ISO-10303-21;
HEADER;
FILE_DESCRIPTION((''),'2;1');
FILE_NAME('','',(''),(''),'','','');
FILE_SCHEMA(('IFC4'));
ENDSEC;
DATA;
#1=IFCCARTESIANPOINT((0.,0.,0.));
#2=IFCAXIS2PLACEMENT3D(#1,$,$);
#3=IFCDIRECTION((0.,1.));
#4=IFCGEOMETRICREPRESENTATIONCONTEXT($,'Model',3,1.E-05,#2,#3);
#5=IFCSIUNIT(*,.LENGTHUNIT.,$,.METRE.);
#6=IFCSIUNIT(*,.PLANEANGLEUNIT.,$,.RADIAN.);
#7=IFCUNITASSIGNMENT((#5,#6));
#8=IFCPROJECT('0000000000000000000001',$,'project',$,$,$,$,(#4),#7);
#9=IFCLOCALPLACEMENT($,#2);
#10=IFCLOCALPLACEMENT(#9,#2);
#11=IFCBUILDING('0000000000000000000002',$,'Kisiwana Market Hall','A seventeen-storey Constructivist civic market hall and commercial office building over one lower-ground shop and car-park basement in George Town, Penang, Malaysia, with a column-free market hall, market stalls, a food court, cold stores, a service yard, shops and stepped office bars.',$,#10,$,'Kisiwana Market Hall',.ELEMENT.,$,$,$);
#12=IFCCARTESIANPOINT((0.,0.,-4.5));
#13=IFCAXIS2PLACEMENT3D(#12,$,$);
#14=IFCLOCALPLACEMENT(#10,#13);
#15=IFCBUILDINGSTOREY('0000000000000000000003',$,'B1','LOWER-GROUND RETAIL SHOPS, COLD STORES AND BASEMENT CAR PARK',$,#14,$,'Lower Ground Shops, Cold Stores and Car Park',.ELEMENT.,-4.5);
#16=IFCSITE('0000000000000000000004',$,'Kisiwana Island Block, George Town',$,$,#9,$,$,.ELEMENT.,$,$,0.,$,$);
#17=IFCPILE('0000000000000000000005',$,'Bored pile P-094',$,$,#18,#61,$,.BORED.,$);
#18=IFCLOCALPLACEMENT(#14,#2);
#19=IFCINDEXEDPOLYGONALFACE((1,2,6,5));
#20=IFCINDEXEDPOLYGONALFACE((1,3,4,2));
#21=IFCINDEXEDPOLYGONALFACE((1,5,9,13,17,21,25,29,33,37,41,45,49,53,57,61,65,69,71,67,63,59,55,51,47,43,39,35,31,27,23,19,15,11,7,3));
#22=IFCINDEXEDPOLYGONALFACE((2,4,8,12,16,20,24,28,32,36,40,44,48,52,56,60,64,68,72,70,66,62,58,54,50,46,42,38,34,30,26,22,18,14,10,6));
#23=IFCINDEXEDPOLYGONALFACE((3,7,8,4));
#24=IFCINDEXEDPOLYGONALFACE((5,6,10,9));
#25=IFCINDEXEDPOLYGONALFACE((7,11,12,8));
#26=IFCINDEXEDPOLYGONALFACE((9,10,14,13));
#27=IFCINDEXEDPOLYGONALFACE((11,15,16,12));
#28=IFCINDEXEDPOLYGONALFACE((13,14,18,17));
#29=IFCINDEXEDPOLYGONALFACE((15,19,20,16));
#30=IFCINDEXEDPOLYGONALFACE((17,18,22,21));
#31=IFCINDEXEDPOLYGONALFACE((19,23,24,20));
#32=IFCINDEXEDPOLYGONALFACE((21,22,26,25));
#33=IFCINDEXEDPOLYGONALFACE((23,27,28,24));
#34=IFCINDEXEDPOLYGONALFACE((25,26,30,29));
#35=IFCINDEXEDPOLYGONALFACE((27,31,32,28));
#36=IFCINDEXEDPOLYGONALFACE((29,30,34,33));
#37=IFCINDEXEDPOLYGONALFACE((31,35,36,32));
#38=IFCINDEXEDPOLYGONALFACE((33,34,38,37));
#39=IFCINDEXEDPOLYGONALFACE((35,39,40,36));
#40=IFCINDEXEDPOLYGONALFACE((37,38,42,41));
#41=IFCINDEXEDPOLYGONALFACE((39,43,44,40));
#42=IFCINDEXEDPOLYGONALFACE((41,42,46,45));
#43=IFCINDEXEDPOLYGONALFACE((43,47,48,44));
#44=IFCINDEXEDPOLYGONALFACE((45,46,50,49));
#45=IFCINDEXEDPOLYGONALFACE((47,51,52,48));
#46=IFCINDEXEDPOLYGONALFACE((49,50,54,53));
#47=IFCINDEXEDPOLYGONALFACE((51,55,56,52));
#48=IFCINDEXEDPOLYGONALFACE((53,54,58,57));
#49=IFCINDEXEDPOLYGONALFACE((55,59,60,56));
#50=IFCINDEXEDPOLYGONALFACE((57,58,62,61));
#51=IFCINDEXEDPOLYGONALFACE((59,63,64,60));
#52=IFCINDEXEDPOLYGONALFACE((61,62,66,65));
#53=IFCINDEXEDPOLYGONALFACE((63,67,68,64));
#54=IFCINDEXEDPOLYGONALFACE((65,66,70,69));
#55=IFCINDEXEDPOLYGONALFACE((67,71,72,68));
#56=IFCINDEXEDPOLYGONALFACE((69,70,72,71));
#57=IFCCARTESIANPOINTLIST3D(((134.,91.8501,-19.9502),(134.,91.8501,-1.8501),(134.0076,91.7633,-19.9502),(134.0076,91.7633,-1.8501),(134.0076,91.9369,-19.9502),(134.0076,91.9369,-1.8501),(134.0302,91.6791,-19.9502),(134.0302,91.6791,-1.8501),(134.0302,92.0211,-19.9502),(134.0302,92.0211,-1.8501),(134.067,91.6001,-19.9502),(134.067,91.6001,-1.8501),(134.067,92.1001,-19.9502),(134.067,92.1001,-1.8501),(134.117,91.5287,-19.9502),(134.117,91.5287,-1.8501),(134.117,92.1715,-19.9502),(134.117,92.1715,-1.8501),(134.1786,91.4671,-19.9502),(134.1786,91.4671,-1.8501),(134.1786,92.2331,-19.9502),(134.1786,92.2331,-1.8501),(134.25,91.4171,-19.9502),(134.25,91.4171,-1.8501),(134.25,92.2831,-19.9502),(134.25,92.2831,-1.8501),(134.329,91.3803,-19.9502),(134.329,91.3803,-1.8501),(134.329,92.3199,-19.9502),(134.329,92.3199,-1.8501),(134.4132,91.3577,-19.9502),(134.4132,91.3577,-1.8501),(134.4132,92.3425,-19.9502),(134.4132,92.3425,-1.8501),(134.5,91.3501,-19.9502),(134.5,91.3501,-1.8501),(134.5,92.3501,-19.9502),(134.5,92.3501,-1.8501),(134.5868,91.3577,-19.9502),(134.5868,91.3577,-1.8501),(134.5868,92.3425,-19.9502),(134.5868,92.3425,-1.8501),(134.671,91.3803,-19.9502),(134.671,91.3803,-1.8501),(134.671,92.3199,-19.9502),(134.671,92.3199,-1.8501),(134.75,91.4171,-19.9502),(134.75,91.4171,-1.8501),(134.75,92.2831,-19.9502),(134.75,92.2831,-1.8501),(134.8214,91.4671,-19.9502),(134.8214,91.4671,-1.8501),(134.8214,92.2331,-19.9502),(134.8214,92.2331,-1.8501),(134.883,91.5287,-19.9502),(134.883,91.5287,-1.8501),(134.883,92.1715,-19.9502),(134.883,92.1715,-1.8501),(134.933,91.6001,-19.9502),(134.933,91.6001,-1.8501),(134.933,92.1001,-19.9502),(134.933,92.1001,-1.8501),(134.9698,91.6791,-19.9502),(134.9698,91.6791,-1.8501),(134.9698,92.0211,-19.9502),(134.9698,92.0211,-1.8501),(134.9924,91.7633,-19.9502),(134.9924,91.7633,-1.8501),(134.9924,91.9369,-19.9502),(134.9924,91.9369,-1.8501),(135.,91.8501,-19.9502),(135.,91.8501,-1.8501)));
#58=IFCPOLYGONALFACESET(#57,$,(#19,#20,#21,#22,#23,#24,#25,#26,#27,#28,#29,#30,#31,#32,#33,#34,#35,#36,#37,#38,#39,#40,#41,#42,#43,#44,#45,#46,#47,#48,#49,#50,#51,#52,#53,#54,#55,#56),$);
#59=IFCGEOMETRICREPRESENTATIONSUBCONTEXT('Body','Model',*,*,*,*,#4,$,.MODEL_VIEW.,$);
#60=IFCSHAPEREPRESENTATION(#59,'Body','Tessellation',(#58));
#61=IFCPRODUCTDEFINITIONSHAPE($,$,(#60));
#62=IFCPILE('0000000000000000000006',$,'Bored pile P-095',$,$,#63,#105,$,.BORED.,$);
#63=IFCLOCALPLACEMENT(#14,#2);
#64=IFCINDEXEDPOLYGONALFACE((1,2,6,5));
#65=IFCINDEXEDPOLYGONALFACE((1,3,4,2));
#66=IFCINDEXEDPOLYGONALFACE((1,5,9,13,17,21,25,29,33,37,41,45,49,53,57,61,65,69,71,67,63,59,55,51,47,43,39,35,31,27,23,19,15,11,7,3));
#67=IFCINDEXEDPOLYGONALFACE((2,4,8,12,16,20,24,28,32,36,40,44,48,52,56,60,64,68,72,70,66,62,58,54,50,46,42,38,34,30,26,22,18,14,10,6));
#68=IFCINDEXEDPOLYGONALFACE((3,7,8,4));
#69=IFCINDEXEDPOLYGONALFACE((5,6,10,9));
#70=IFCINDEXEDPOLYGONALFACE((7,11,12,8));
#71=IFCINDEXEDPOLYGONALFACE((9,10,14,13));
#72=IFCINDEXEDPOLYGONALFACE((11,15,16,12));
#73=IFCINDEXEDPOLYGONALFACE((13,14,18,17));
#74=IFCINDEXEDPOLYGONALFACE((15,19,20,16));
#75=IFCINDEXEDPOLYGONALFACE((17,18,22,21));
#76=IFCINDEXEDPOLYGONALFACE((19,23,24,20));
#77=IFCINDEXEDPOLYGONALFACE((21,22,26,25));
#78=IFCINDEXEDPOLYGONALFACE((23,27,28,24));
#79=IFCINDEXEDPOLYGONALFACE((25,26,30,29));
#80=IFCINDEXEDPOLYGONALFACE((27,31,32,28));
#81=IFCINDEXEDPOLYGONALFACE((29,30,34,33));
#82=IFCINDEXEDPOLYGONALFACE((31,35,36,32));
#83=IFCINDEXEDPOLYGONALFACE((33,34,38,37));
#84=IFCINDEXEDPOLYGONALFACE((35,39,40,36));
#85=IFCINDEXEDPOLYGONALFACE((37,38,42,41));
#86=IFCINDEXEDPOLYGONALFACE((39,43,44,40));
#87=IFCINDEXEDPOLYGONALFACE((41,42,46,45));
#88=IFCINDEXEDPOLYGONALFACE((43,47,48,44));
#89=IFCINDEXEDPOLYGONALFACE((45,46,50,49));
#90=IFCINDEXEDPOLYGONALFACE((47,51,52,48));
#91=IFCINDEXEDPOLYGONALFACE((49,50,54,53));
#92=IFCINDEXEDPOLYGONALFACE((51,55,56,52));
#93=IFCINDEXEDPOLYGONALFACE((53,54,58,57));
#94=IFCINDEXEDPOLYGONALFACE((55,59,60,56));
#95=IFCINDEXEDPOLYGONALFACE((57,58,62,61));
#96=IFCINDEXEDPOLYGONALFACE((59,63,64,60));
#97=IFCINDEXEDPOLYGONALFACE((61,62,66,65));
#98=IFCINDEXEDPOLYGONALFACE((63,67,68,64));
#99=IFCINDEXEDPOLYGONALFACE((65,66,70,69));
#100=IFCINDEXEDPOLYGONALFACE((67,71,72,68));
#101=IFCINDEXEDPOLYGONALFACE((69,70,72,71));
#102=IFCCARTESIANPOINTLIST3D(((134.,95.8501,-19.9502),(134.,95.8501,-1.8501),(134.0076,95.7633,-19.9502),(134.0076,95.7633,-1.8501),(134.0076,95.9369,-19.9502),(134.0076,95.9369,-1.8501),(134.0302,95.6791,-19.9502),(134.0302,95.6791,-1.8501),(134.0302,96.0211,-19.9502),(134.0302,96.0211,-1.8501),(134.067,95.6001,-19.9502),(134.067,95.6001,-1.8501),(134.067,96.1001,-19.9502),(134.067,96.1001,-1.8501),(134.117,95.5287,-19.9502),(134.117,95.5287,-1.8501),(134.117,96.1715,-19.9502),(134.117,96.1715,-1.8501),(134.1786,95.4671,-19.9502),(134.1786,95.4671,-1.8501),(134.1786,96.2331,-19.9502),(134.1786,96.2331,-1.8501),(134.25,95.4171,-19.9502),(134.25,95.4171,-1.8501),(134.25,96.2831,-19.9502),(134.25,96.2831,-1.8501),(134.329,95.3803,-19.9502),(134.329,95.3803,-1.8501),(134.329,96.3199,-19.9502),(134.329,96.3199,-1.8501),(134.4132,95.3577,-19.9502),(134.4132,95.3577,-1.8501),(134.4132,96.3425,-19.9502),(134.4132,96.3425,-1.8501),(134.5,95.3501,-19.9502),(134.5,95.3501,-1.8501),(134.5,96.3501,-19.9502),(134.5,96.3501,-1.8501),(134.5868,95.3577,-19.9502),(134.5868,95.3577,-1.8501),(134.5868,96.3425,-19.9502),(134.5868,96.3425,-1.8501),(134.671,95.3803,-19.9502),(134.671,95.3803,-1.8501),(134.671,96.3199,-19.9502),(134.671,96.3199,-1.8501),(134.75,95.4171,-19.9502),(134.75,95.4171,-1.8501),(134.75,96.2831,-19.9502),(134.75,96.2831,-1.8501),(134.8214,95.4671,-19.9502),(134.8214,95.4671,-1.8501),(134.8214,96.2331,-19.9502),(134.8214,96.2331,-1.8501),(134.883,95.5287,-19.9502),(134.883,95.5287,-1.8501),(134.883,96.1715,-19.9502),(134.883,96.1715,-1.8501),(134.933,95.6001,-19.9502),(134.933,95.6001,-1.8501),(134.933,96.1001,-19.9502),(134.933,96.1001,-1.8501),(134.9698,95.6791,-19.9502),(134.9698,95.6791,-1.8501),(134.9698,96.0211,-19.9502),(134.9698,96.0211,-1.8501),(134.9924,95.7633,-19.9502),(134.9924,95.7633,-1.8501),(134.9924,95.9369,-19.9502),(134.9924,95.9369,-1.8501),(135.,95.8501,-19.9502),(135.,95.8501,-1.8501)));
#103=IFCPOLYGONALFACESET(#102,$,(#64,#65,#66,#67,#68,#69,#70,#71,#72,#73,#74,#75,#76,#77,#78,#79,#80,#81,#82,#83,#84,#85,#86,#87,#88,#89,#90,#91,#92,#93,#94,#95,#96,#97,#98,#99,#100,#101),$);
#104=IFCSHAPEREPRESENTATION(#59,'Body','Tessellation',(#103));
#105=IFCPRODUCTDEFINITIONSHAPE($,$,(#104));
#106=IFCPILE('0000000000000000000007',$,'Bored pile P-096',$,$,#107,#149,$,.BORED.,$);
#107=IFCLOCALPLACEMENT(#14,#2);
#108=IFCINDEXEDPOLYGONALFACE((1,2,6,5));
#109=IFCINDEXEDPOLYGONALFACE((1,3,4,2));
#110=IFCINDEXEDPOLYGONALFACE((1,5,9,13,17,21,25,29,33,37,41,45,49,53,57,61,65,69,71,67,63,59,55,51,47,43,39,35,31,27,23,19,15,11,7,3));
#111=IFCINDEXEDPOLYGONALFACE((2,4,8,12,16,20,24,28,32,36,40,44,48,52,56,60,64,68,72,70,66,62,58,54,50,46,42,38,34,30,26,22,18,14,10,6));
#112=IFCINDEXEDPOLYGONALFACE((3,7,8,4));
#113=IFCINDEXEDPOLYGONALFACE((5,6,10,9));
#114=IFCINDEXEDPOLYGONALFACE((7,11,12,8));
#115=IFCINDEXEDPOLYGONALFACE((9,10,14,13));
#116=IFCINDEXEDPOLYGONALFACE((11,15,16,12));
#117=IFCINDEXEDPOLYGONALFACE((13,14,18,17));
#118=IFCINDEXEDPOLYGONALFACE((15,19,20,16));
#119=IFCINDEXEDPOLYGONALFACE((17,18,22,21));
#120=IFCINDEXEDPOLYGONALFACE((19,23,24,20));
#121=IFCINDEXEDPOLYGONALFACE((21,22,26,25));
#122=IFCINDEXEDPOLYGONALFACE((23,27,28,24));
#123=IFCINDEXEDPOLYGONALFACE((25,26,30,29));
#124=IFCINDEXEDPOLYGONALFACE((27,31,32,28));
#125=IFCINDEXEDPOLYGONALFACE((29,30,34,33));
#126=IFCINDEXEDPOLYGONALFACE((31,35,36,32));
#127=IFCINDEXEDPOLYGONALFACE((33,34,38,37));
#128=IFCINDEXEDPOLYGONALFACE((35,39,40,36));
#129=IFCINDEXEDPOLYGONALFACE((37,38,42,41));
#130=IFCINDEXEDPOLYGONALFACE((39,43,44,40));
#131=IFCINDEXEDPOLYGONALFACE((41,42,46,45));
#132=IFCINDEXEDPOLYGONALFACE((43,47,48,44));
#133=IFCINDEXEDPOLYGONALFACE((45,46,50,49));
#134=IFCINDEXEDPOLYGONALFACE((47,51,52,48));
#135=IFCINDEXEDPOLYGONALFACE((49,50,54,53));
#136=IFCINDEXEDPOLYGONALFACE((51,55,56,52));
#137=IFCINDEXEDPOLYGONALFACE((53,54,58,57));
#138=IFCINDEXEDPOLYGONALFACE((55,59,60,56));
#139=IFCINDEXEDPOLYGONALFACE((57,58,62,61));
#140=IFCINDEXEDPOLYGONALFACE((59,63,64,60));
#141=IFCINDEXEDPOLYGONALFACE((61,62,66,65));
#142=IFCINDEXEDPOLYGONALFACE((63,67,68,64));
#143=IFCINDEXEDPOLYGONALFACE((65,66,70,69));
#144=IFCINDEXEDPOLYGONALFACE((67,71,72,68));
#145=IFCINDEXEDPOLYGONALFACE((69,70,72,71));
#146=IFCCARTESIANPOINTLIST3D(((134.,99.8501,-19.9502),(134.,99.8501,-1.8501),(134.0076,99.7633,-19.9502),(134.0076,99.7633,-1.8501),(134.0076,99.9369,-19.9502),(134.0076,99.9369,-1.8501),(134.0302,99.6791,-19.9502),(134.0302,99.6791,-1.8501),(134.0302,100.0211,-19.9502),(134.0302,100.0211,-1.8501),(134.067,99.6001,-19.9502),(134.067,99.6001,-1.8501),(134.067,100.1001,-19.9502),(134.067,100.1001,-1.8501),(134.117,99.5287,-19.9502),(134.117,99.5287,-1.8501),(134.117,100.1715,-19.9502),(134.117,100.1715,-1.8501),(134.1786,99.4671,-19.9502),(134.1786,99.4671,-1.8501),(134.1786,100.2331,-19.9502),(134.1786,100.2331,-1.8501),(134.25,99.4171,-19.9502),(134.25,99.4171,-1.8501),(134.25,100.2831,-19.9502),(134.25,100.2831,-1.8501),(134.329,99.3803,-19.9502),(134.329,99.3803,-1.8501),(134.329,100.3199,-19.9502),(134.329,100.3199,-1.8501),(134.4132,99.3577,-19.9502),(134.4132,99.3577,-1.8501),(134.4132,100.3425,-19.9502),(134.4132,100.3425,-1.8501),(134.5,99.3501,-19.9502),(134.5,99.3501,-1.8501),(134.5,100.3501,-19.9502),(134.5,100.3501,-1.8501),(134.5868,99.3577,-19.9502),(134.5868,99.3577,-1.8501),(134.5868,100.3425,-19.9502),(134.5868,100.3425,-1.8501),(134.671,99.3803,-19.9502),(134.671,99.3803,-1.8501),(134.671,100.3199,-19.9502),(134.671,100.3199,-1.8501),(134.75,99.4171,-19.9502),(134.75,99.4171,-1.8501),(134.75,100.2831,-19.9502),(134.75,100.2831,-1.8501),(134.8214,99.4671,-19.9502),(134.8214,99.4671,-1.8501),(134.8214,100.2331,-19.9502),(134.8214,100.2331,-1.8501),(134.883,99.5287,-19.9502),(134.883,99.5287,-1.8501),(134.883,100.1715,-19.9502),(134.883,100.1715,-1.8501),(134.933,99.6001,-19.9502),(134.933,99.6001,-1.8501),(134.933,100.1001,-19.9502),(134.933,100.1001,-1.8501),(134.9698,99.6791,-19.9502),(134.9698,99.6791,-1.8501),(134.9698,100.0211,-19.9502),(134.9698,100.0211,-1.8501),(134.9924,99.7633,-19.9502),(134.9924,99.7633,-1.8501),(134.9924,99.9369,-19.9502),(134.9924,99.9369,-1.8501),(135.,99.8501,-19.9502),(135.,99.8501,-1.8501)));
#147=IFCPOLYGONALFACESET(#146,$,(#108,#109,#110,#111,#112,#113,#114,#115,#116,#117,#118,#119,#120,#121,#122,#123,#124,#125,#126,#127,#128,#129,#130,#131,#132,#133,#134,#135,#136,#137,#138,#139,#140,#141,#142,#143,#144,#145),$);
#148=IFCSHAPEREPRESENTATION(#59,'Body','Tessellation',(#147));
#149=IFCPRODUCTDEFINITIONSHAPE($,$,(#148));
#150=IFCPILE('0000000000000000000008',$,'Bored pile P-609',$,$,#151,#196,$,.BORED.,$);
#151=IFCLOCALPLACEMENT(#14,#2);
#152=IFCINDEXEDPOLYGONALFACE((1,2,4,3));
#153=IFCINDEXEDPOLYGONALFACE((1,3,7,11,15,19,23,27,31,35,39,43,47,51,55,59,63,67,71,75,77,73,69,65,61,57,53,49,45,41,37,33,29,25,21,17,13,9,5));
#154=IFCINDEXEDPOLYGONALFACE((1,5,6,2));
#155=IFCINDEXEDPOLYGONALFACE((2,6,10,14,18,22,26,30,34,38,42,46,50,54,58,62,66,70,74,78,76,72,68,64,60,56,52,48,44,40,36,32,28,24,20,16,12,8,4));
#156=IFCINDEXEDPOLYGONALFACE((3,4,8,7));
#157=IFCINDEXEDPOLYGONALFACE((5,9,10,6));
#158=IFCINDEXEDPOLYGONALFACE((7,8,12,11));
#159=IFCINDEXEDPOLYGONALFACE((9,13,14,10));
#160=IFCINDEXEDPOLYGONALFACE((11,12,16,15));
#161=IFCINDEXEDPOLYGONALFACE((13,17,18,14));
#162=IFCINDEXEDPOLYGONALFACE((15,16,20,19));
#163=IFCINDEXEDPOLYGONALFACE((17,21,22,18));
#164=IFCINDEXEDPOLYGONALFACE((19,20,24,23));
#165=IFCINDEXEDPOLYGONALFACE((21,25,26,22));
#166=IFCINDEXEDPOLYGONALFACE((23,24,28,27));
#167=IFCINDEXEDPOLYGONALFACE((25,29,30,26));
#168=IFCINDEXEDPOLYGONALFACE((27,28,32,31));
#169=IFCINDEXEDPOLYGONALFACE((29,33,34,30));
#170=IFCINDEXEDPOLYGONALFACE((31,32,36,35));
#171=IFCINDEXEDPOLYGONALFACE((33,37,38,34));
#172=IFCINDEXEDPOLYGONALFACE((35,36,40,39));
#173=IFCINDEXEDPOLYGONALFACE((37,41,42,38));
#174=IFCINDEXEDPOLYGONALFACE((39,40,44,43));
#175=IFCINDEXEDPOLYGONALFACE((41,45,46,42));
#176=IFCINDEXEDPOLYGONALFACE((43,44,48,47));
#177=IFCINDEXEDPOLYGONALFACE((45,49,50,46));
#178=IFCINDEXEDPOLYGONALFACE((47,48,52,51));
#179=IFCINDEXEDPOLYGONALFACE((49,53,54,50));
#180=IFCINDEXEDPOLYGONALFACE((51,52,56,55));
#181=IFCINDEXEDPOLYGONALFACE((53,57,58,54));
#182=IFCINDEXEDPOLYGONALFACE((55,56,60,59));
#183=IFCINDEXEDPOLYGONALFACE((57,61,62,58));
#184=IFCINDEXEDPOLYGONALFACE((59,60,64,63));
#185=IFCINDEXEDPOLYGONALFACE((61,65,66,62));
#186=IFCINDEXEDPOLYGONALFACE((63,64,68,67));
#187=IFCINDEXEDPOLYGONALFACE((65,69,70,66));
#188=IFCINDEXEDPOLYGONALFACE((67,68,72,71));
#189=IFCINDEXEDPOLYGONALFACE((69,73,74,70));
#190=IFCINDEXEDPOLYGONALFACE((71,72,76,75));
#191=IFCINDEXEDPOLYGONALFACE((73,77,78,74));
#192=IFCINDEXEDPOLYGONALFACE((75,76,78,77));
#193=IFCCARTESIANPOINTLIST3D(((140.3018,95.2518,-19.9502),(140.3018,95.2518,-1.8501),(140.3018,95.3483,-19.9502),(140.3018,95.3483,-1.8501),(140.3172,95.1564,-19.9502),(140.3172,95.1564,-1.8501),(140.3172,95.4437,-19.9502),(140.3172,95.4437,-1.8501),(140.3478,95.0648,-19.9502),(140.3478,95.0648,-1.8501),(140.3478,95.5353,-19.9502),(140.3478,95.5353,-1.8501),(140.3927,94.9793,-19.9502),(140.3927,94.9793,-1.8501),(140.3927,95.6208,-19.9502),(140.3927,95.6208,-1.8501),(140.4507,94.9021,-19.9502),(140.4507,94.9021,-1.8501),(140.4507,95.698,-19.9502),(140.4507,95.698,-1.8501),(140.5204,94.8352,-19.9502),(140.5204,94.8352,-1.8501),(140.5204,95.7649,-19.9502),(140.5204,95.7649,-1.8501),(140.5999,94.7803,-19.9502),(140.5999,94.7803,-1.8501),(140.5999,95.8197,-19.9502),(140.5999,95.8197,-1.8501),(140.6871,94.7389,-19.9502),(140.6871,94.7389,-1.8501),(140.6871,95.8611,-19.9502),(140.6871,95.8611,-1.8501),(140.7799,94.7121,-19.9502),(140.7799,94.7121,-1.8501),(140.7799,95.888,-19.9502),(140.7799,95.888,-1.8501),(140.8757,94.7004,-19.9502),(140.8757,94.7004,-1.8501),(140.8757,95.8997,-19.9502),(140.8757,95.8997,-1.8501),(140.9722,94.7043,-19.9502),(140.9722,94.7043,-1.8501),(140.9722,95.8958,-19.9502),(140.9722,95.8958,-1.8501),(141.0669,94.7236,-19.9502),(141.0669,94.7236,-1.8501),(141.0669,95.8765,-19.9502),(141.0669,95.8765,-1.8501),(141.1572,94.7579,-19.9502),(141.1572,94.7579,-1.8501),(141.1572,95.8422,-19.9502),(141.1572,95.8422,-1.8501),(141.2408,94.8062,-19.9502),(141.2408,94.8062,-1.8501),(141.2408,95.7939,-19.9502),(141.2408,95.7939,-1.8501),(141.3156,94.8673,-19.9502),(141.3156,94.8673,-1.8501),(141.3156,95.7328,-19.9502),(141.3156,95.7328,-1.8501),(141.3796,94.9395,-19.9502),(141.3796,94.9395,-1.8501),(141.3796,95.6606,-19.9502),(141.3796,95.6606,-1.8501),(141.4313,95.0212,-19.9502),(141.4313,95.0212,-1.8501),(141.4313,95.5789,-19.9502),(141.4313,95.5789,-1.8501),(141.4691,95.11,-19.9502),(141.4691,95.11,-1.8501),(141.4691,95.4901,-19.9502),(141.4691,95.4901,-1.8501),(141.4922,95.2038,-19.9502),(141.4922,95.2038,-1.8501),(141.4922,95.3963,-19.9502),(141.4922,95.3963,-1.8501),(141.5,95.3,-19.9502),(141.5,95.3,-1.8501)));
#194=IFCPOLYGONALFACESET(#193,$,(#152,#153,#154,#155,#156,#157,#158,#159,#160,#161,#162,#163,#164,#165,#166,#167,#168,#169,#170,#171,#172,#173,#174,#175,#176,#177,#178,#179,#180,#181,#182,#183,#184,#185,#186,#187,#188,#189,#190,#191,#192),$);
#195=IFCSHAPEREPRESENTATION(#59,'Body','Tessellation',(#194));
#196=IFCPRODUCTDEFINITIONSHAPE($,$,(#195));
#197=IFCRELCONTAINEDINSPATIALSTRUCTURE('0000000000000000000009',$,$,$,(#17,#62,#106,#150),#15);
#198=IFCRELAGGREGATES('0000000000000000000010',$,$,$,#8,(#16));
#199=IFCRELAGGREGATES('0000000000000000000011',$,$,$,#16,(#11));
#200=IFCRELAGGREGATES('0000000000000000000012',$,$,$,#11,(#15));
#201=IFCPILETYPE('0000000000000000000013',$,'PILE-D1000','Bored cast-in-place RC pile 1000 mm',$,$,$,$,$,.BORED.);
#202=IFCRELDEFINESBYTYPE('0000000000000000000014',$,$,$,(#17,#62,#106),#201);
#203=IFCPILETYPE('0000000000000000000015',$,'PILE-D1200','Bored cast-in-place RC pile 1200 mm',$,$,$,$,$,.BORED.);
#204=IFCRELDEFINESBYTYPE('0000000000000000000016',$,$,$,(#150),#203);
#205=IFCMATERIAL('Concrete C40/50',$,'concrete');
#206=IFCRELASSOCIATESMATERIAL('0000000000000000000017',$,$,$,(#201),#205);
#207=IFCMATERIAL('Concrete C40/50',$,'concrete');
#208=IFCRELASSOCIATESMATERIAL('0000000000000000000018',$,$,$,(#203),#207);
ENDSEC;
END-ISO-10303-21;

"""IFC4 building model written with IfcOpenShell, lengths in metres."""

from ifc_helpers import new_model, si_unit, direction, frame, origin, origin_2d, place, context, subcontext, project, spatial, circle, extrude, material, material_profile, profile_set, type_object, element, save


model = new_model("IFC4")

# Units and contexts
model_context = context("Model", 3, precision=1e-05, world=origin(), true_north=direction((0.0, 1.0)))
body_context = subcontext(model_context, "Body", "Model", "MODEL_VIEW")
ifc_project = project(units=[si_unit("LENGTHUNIT", "METRE"), si_unit("PLANEANGLEUNIT", "RADIAN")], contexts=[model_context])

# Site, building, storey
site_placement = place(None, origin())
site = spatial("IfcSite", under=ifc_project, at=site_placement, Name="Kisiwana Island Block, George Town", CompositionType="ELEMENT", RefElevation=0.0)
building_placement = place(site_placement, origin())
building = spatial("IfcBuilding", under=site, at=building_placement, Name="Kisiwana Market Hall", Description="A seventeen-storey Constructivist civic market hall and commercial office building over one lower-ground shop and car-park basement in George Town, Penang, Malaysia, with a column-free market hall, market stalls, a food court, cold stores, a service yard, shops and stepped office bars.", LongName="Kisiwana Market Hall", CompositionType="ELEMENT")
storey_placement = place(building_placement, frame((0.0, 0.0, -4.5)))
storey = spatial("IfcBuildingStorey", under=building, at=storey_placement, Name="B1", Description="LOWER-GROUND RETAIL SHOPS, COLD STORES AND BASEMENT CAR PARK", LongName="Lower Ground Shops, Cold Stores and Car Park", CompositionType="ELEMENT", Elevation=-4.5)

# Piles
ifc_material_1 = material(Name="Concrete C40/50", Category="concrete")
ifc_material_profile_1 = material_profile(ifc_material_1, circle(Radius=0.5, at=origin_2d()), Name="BP D1000")
ifc_profile_set_1 = profile_set([ifc_material_profile_1], Name="Concrete C40/50")
pile_type_1 = type_object("IfcPileType", Name="PILE-D1000", Description="Bored cast-in-place RC pile 1000 mm", PredefinedType="BORED", material=ifc_profile_set_1)
for number, where, z_axis, x_axis, name in (
    (1, (134.5, 91.8501, -1.8501), (0.0, 0.0, -1.0), (1.0, 0.0, 0.0), "Bored pile P-094"),
    (2, (134.5, 95.8501, -1.8501), (0.0, 0.0, -1.0), (1.0, 0.0, 0.0), "Bored pile P-095"),
    (3, (134.5, 99.8501, -1.8501), (0.0, 0.0, -1.0), (1.0, 0.0, 0.0), "Bored pile P-096"),
):
    element("IfcPile", number, at=place(storey_placement, frame(where, z_axis=z_axis, x_axis=x_axis)), inside=storey, type_object=pile_type_1, Name=name, PredefinedType="BORED", context=body_context, shape_type="SweptSolid", body=[
        extrude(circle(Radius=0.5, at=origin_2d()), origin(), (0.0, 0.0, 1.0), 18.1001),
    ])
ifc_material_2 = material(Name="Concrete C40/50", Category="concrete")
ifc_material_profile_2 = material_profile(ifc_material_2, circle(Radius=0.6001, at=origin_2d()), Name="BP D1200")
ifc_profile_set_2 = profile_set([ifc_material_profile_2], Name="Concrete C40/50")
pile_type_2 = type_object("IfcPileType", Name="PILE-D1200", Description="Bored cast-in-place RC pile 1200 mm", PredefinedType="BORED", material=ifc_profile_set_2)
for number, where, z_axis, x_axis, name in (
    (4, (140.8999, 95.3, -1.8501), (0.0, 0.0, -1.0), (1.0, 0.0, 0.0), "Bored pile P-609"),
):
    element("IfcPile", number, at=place(storey_placement, frame(where, z_axis=z_axis, x_axis=x_axis)), inside=storey, type_object=pile_type_2, Name=name, PredefinedType="BORED", context=body_context, shape_type="SweptSolid", body=[
        extrude(circle(Radius=0.6001, at=origin_2d()), origin(), (0.0, 0.0, 1.0), 18.1001),
    ])

save(model, "model.ifc")
